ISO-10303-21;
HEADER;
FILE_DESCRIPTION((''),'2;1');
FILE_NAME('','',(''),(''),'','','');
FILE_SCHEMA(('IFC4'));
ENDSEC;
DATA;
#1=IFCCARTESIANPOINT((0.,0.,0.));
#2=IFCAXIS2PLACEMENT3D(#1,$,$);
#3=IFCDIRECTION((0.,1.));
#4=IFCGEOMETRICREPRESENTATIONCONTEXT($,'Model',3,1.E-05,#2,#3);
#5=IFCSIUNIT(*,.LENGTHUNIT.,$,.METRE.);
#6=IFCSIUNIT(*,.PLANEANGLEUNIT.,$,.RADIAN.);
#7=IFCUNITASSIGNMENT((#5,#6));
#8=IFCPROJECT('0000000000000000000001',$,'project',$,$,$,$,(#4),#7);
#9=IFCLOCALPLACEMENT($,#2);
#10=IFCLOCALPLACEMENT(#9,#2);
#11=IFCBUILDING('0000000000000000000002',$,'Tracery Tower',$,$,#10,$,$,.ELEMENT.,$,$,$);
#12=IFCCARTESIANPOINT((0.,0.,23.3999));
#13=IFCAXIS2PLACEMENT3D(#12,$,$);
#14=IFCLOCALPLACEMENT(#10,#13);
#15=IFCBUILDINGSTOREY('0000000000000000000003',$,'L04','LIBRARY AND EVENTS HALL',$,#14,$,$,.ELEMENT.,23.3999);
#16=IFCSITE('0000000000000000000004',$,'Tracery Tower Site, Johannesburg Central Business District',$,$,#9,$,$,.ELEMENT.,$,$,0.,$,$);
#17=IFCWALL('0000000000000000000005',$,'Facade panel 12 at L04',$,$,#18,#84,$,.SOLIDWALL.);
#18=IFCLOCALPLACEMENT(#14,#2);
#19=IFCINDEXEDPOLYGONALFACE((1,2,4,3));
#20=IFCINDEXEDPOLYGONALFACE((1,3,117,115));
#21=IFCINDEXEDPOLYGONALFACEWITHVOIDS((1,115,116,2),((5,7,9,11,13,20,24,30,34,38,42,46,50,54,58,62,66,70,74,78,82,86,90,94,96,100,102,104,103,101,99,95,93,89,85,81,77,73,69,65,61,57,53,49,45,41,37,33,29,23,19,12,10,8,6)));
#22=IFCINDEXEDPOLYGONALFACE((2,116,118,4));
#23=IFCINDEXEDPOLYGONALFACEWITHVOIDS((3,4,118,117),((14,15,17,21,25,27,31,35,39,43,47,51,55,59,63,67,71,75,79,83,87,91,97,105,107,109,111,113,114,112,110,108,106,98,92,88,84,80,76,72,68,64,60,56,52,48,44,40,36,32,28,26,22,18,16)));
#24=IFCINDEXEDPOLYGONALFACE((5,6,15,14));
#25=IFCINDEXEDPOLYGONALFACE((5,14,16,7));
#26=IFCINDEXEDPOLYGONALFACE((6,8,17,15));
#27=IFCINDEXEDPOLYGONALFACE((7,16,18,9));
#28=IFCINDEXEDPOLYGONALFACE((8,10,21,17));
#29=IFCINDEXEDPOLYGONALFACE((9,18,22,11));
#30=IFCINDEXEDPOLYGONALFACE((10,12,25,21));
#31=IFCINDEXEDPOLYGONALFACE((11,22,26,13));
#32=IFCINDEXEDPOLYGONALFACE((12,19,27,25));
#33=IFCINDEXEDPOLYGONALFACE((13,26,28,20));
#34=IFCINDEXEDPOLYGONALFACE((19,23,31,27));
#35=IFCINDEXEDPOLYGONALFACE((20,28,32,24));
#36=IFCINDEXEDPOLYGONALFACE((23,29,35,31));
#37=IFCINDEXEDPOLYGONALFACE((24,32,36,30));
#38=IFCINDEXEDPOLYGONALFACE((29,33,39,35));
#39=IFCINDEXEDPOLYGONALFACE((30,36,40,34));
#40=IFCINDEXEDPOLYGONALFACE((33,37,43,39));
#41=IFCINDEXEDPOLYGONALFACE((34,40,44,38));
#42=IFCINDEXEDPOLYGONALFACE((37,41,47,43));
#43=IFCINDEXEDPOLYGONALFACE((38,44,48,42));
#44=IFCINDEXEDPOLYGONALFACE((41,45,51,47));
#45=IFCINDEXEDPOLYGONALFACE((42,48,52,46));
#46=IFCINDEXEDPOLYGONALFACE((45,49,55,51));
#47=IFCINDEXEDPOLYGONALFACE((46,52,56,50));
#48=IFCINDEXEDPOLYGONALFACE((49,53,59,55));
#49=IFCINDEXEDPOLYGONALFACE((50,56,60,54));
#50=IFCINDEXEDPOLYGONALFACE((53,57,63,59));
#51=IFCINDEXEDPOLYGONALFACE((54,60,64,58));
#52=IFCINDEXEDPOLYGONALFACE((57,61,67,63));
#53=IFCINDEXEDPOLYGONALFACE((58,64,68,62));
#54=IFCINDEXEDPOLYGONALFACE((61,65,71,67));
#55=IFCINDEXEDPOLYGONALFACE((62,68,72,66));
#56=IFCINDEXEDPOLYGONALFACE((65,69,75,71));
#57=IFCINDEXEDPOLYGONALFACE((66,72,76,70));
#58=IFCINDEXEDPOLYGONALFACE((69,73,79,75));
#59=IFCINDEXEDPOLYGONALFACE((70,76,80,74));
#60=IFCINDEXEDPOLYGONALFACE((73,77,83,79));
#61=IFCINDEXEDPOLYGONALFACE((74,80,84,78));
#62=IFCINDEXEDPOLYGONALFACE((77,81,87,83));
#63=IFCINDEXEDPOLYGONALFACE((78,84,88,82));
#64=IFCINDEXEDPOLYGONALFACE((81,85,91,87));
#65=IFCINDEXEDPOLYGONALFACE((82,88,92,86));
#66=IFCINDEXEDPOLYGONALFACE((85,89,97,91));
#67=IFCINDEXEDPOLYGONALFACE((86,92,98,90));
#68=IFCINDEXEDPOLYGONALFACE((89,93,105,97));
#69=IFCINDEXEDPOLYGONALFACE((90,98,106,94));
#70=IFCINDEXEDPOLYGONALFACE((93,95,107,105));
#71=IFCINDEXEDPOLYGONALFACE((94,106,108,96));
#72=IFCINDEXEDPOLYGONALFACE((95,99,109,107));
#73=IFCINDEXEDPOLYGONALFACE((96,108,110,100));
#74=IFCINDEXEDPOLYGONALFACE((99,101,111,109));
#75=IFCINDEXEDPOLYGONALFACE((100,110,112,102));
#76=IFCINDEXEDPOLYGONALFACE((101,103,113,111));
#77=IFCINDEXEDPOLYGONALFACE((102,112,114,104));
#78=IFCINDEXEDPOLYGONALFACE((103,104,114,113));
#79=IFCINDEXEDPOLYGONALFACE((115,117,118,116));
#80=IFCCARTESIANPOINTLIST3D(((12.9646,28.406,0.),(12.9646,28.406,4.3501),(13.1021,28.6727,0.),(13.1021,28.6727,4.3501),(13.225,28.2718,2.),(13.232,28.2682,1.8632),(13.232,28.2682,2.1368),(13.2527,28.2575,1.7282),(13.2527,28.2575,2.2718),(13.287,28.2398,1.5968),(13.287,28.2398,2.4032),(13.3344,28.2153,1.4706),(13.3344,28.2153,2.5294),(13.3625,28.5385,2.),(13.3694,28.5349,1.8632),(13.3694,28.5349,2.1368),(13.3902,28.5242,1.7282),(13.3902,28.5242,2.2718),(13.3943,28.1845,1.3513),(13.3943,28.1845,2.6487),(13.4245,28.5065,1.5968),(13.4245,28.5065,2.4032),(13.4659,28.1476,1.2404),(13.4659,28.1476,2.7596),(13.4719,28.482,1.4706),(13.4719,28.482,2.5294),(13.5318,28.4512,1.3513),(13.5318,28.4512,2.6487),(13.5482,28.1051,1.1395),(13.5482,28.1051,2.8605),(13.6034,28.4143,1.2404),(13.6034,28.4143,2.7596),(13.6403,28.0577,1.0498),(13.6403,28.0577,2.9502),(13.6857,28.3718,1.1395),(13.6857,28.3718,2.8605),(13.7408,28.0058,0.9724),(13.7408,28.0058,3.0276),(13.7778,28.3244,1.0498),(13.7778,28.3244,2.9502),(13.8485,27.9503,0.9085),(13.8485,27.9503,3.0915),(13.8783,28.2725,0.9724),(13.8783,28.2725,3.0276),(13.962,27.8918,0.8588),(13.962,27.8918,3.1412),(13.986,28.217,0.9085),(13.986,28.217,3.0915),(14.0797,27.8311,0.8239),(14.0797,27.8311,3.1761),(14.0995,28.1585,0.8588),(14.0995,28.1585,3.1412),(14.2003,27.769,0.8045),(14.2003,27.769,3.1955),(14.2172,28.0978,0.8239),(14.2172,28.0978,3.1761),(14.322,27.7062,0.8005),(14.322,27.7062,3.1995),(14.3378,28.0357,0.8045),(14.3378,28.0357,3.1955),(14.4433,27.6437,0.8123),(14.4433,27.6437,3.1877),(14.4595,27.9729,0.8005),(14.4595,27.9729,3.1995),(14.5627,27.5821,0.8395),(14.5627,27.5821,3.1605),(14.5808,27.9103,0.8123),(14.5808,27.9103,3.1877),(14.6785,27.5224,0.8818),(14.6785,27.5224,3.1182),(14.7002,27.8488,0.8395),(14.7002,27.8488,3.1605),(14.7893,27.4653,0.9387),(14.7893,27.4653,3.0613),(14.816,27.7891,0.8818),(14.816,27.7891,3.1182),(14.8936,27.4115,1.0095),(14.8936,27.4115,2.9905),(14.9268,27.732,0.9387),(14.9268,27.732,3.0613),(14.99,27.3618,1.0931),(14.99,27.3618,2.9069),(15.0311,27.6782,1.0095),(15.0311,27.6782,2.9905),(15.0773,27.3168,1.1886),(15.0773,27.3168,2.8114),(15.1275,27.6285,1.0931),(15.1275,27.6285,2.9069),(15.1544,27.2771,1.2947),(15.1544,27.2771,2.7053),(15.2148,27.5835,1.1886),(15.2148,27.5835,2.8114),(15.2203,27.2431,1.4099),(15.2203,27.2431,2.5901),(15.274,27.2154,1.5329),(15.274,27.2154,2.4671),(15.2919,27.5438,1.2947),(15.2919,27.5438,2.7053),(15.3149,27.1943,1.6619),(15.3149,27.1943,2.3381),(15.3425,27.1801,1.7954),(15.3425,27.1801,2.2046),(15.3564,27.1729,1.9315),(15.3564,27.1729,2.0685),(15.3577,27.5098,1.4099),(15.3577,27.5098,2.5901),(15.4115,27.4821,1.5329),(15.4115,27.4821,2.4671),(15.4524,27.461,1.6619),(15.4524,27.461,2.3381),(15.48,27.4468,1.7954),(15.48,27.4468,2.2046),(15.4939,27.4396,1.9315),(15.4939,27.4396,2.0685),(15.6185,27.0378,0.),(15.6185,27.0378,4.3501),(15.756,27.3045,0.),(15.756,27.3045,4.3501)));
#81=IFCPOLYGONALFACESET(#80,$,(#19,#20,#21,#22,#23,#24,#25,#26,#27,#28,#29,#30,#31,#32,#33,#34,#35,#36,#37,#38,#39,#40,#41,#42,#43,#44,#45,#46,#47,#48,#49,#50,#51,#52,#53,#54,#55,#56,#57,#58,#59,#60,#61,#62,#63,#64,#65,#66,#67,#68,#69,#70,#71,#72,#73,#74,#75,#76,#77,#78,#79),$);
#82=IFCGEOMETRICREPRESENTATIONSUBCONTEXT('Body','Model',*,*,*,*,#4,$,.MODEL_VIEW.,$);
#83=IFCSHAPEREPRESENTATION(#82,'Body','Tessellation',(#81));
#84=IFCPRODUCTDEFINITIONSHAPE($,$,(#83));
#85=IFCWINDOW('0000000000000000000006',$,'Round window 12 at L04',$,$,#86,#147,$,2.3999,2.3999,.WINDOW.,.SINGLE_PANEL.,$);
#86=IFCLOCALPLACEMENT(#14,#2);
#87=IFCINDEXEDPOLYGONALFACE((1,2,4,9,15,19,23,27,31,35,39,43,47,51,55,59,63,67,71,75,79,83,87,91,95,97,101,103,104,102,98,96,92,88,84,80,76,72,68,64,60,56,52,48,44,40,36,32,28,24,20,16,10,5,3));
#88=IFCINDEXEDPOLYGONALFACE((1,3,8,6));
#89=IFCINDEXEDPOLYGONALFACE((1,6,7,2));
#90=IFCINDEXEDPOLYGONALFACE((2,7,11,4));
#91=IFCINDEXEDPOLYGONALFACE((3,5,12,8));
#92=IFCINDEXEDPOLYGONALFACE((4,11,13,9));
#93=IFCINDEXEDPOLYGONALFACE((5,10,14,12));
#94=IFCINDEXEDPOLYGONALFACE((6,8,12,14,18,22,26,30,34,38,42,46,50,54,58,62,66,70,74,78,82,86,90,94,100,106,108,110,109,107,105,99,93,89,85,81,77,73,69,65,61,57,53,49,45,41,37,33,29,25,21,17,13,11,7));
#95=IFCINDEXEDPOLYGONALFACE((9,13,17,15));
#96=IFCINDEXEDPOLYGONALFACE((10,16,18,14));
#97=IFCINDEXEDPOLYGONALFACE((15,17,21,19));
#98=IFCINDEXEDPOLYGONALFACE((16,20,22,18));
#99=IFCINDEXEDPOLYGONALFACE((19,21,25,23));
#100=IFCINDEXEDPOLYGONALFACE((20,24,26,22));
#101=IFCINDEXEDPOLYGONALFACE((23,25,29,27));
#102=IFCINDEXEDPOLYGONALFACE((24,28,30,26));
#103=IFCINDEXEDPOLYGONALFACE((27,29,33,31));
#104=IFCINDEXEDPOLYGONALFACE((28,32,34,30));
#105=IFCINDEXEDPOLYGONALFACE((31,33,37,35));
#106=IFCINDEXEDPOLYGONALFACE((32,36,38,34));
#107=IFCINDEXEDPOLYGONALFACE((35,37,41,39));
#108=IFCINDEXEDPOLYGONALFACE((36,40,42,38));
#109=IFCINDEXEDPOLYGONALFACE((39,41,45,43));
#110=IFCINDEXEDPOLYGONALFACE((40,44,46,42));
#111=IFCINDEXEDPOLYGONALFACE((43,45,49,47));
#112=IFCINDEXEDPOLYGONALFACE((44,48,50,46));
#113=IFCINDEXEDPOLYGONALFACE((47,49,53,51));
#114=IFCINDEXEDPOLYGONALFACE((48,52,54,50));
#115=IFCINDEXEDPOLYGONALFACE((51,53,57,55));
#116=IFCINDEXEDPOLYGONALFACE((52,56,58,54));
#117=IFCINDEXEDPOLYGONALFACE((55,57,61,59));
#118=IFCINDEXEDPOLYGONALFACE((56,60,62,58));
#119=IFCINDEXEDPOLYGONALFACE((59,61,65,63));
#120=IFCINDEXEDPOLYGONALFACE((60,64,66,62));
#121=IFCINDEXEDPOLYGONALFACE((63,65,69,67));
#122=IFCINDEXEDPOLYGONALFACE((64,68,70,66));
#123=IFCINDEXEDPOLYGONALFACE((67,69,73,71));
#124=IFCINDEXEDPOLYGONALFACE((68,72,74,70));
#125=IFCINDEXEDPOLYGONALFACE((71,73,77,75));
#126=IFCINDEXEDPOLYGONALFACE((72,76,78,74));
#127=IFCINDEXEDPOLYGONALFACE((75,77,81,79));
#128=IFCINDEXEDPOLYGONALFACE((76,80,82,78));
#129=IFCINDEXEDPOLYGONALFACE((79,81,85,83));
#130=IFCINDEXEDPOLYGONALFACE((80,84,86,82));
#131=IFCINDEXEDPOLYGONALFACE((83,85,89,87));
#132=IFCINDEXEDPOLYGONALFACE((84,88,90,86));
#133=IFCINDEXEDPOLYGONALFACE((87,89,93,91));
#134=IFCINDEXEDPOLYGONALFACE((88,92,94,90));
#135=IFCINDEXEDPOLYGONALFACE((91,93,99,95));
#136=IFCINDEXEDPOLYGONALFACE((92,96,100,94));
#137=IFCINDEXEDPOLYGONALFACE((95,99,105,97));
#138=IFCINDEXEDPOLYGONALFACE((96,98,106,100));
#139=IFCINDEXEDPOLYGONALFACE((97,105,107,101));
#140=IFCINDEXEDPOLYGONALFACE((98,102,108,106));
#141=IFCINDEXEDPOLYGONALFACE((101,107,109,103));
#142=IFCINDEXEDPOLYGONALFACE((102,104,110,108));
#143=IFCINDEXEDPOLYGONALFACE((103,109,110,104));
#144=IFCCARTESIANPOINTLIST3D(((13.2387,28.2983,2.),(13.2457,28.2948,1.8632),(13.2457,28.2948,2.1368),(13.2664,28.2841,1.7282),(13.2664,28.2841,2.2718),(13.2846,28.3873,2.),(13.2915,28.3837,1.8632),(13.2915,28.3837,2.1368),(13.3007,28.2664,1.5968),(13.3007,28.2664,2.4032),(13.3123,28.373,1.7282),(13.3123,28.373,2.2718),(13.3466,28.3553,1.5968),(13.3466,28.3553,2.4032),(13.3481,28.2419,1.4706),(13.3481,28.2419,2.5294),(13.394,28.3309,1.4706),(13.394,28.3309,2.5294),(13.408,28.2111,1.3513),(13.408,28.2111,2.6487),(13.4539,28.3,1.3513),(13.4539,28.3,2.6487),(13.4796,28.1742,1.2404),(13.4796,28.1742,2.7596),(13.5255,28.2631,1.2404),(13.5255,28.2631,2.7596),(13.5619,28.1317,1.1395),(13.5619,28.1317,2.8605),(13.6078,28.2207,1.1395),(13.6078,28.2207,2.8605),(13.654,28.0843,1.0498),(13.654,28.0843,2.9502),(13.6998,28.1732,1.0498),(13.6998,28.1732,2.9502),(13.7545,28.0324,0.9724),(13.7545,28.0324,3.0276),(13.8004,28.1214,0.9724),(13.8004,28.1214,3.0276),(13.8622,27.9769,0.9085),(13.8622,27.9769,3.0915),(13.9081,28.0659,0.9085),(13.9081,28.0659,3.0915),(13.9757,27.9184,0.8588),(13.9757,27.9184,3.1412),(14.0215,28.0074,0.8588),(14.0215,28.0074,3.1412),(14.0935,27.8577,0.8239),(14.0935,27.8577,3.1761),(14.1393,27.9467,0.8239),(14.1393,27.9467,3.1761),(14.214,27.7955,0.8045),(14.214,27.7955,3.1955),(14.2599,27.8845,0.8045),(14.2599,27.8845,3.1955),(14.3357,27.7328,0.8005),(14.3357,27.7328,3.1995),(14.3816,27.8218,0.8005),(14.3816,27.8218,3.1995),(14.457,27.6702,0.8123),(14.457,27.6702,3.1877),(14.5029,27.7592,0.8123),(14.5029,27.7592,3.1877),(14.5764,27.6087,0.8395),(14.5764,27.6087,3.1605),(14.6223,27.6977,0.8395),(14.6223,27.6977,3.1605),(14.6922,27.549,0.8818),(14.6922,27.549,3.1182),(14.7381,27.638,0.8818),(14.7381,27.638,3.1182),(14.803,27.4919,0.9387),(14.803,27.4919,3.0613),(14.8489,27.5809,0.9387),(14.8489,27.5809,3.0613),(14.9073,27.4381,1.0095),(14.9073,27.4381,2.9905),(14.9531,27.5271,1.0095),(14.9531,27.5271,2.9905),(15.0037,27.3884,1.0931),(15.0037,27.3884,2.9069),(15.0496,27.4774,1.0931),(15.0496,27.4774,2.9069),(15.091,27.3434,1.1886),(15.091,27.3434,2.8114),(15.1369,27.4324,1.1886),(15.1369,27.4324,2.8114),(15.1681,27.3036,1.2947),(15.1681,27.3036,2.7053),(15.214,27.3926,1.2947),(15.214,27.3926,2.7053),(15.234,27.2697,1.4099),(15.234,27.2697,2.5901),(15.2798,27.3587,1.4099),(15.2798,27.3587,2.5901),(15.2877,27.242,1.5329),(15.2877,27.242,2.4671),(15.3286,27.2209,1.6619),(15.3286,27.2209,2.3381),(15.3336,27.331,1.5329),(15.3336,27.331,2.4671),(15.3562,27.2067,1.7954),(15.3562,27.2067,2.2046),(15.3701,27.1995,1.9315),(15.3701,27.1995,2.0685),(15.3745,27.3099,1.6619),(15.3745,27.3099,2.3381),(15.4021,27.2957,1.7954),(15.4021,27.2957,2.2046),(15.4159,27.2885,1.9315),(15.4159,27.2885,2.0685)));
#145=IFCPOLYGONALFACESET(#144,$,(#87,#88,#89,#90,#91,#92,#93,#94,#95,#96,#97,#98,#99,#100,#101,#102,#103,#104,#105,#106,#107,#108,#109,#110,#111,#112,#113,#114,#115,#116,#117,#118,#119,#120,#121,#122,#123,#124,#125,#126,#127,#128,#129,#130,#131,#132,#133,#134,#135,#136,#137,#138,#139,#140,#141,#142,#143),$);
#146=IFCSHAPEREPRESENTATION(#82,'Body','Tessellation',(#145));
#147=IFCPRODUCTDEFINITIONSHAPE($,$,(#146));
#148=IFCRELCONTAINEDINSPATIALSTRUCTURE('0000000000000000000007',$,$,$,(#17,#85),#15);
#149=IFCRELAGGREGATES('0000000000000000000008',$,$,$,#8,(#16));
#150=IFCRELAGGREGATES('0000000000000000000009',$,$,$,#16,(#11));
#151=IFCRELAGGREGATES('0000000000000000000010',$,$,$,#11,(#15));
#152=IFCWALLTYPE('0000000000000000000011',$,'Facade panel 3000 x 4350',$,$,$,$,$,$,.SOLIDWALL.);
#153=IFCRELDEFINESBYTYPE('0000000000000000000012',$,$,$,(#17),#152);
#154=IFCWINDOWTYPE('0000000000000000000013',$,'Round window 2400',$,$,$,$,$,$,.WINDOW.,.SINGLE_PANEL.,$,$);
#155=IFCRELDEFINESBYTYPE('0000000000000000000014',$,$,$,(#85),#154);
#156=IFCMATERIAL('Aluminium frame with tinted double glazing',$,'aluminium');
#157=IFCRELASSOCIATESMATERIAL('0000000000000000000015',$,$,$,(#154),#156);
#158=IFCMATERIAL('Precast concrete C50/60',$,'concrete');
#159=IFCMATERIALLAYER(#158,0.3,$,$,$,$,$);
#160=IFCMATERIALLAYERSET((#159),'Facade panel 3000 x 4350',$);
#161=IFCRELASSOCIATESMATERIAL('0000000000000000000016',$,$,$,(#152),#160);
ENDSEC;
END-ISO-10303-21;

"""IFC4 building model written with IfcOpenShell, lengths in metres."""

from ifc_helpers import new_model, si_unit, direction, frame, frame_2d, origin, origin_2d, place, context, subcontext, project, spatial, rectangle, circle, extrude, material, layer, layer_set, type_object, element, fill, save


model = new_model("IFC4")

# Units and contexts
model_context = context("Model", 3, precision=1e-05, world=origin(), true_north=direction((0.0, 1.0)))
body_context = subcontext(model_context, "Body", "Model", "MODEL_VIEW")
ifc_project = project(units=[si_unit("LENGTHUNIT", "METRE"), si_unit("PLANEANGLEUNIT", "RADIAN")], contexts=[model_context])

# Site, building, storey
site_placement = place(None, origin())
site = spatial("IfcSite", under=ifc_project, at=site_placement, Name="Tracery Tower Site, Johannesburg Central Business District", CompositionType="ELEMENT", RefElevation=0.0)
building_placement = place(site_placement, origin())
building = spatial("IfcBuilding", under=site, at=building_placement, Name="Tracery Tower", CompositionType="ELEMENT")
storey_placement = place(building_placement, frame((0.0, 0.0, 23.3999)))
storey = spatial("IfcBuildingStorey", under=building, at=storey_placement, Name="L04", Description="LIBRARY AND EVENTS HALL", CompositionType="ELEMENT", Elevation=23.3999)

# Wall, opening, window
ifc_material_1 = material(Name="Aluminium frame with tinted double glazing", Category="aluminium")
window_type = type_object("IfcWindowType", Name="Round window 2400", PartitioningType="SINGLE_PANEL", PredefinedType="WINDOW", material=ifc_material_1)
ifc_material_2 = material(Name="Precast concrete C50/60", Category="concrete")
ifc_layer_1 = layer(ifc_material_2, 0.3)
ifc_layer_set_1 = layer_set([ifc_layer_1], Name="Facade panel 3000 x 4350")
wall_type_1 = type_object("IfcWallType", Name="Facade panel 3000 x 4350", PredefinedType="SOLIDWALL", material=ifc_layer_set_1)
wall_1_placement = place(storey_placement, frame((15.6873, 27.1711, 0.0), z_axis=(0.0, 0.0, 1.0), x_axis=(-0.888831, 0.458235, 0.0)))
wall_1 = element("IfcWall", 1, at=wall_1_placement, inside=storey, type_object=wall_type_1, Name="Facade panel 12 at L04", PredefinedType="SOLIDWALL", context=body_context, shape_type="SweptSolid", body=[
    extrude(rectangle(XDim=2.9858, YDim=0.3, at=frame_2d((1.4929, 0.0))), origin(), (0.0, 0.0, 1.0), 4.3501),
])
opening_1_placement = place(wall_1_placement, frame((1.4929, 0.0, 2.0)))
opening_1 = element("IfcOpeningElement", 2, at=opening_1_placement, cuts=wall_1, PredefinedType="OPENING", context=body_context, shape_type="SweptSolid", body=[
    extrude(circle(Radius=1.2, at=origin_2d()), frame((0.0, 0.1599, 0.0), z_axis=(0.0, -1.0, 0.0), x_axis=(1.0, 0.0, 0.0)), (0.0, 0.0, 1.0), 0.3201),
])
window_1_placement = place(opening_1_placement, origin())
window_1 = element("IfcWindow", 3, at=window_1_placement, inside=storey, type_object=window_type, Name="Round window 12 at L04", OverallHeight=2.3999, OverallWidth=2.3999, PartitioningType="SINGLE_PANEL", PredefinedType="WINDOW", context=body_context, shape_type="SweptSolid", body=[
    extrude(circle(Radius=1.2, at=origin_2d()), frame((0.0, 0.1201, 0.0), z_axis=(0.0, -1.0, 0.0), x_axis=(1.0, 0.0, 0.0)), (0.0, 0.0, 1.0), 0.1001),
])
fill(opening_1, window_1)

save(model, "model.ifc")
